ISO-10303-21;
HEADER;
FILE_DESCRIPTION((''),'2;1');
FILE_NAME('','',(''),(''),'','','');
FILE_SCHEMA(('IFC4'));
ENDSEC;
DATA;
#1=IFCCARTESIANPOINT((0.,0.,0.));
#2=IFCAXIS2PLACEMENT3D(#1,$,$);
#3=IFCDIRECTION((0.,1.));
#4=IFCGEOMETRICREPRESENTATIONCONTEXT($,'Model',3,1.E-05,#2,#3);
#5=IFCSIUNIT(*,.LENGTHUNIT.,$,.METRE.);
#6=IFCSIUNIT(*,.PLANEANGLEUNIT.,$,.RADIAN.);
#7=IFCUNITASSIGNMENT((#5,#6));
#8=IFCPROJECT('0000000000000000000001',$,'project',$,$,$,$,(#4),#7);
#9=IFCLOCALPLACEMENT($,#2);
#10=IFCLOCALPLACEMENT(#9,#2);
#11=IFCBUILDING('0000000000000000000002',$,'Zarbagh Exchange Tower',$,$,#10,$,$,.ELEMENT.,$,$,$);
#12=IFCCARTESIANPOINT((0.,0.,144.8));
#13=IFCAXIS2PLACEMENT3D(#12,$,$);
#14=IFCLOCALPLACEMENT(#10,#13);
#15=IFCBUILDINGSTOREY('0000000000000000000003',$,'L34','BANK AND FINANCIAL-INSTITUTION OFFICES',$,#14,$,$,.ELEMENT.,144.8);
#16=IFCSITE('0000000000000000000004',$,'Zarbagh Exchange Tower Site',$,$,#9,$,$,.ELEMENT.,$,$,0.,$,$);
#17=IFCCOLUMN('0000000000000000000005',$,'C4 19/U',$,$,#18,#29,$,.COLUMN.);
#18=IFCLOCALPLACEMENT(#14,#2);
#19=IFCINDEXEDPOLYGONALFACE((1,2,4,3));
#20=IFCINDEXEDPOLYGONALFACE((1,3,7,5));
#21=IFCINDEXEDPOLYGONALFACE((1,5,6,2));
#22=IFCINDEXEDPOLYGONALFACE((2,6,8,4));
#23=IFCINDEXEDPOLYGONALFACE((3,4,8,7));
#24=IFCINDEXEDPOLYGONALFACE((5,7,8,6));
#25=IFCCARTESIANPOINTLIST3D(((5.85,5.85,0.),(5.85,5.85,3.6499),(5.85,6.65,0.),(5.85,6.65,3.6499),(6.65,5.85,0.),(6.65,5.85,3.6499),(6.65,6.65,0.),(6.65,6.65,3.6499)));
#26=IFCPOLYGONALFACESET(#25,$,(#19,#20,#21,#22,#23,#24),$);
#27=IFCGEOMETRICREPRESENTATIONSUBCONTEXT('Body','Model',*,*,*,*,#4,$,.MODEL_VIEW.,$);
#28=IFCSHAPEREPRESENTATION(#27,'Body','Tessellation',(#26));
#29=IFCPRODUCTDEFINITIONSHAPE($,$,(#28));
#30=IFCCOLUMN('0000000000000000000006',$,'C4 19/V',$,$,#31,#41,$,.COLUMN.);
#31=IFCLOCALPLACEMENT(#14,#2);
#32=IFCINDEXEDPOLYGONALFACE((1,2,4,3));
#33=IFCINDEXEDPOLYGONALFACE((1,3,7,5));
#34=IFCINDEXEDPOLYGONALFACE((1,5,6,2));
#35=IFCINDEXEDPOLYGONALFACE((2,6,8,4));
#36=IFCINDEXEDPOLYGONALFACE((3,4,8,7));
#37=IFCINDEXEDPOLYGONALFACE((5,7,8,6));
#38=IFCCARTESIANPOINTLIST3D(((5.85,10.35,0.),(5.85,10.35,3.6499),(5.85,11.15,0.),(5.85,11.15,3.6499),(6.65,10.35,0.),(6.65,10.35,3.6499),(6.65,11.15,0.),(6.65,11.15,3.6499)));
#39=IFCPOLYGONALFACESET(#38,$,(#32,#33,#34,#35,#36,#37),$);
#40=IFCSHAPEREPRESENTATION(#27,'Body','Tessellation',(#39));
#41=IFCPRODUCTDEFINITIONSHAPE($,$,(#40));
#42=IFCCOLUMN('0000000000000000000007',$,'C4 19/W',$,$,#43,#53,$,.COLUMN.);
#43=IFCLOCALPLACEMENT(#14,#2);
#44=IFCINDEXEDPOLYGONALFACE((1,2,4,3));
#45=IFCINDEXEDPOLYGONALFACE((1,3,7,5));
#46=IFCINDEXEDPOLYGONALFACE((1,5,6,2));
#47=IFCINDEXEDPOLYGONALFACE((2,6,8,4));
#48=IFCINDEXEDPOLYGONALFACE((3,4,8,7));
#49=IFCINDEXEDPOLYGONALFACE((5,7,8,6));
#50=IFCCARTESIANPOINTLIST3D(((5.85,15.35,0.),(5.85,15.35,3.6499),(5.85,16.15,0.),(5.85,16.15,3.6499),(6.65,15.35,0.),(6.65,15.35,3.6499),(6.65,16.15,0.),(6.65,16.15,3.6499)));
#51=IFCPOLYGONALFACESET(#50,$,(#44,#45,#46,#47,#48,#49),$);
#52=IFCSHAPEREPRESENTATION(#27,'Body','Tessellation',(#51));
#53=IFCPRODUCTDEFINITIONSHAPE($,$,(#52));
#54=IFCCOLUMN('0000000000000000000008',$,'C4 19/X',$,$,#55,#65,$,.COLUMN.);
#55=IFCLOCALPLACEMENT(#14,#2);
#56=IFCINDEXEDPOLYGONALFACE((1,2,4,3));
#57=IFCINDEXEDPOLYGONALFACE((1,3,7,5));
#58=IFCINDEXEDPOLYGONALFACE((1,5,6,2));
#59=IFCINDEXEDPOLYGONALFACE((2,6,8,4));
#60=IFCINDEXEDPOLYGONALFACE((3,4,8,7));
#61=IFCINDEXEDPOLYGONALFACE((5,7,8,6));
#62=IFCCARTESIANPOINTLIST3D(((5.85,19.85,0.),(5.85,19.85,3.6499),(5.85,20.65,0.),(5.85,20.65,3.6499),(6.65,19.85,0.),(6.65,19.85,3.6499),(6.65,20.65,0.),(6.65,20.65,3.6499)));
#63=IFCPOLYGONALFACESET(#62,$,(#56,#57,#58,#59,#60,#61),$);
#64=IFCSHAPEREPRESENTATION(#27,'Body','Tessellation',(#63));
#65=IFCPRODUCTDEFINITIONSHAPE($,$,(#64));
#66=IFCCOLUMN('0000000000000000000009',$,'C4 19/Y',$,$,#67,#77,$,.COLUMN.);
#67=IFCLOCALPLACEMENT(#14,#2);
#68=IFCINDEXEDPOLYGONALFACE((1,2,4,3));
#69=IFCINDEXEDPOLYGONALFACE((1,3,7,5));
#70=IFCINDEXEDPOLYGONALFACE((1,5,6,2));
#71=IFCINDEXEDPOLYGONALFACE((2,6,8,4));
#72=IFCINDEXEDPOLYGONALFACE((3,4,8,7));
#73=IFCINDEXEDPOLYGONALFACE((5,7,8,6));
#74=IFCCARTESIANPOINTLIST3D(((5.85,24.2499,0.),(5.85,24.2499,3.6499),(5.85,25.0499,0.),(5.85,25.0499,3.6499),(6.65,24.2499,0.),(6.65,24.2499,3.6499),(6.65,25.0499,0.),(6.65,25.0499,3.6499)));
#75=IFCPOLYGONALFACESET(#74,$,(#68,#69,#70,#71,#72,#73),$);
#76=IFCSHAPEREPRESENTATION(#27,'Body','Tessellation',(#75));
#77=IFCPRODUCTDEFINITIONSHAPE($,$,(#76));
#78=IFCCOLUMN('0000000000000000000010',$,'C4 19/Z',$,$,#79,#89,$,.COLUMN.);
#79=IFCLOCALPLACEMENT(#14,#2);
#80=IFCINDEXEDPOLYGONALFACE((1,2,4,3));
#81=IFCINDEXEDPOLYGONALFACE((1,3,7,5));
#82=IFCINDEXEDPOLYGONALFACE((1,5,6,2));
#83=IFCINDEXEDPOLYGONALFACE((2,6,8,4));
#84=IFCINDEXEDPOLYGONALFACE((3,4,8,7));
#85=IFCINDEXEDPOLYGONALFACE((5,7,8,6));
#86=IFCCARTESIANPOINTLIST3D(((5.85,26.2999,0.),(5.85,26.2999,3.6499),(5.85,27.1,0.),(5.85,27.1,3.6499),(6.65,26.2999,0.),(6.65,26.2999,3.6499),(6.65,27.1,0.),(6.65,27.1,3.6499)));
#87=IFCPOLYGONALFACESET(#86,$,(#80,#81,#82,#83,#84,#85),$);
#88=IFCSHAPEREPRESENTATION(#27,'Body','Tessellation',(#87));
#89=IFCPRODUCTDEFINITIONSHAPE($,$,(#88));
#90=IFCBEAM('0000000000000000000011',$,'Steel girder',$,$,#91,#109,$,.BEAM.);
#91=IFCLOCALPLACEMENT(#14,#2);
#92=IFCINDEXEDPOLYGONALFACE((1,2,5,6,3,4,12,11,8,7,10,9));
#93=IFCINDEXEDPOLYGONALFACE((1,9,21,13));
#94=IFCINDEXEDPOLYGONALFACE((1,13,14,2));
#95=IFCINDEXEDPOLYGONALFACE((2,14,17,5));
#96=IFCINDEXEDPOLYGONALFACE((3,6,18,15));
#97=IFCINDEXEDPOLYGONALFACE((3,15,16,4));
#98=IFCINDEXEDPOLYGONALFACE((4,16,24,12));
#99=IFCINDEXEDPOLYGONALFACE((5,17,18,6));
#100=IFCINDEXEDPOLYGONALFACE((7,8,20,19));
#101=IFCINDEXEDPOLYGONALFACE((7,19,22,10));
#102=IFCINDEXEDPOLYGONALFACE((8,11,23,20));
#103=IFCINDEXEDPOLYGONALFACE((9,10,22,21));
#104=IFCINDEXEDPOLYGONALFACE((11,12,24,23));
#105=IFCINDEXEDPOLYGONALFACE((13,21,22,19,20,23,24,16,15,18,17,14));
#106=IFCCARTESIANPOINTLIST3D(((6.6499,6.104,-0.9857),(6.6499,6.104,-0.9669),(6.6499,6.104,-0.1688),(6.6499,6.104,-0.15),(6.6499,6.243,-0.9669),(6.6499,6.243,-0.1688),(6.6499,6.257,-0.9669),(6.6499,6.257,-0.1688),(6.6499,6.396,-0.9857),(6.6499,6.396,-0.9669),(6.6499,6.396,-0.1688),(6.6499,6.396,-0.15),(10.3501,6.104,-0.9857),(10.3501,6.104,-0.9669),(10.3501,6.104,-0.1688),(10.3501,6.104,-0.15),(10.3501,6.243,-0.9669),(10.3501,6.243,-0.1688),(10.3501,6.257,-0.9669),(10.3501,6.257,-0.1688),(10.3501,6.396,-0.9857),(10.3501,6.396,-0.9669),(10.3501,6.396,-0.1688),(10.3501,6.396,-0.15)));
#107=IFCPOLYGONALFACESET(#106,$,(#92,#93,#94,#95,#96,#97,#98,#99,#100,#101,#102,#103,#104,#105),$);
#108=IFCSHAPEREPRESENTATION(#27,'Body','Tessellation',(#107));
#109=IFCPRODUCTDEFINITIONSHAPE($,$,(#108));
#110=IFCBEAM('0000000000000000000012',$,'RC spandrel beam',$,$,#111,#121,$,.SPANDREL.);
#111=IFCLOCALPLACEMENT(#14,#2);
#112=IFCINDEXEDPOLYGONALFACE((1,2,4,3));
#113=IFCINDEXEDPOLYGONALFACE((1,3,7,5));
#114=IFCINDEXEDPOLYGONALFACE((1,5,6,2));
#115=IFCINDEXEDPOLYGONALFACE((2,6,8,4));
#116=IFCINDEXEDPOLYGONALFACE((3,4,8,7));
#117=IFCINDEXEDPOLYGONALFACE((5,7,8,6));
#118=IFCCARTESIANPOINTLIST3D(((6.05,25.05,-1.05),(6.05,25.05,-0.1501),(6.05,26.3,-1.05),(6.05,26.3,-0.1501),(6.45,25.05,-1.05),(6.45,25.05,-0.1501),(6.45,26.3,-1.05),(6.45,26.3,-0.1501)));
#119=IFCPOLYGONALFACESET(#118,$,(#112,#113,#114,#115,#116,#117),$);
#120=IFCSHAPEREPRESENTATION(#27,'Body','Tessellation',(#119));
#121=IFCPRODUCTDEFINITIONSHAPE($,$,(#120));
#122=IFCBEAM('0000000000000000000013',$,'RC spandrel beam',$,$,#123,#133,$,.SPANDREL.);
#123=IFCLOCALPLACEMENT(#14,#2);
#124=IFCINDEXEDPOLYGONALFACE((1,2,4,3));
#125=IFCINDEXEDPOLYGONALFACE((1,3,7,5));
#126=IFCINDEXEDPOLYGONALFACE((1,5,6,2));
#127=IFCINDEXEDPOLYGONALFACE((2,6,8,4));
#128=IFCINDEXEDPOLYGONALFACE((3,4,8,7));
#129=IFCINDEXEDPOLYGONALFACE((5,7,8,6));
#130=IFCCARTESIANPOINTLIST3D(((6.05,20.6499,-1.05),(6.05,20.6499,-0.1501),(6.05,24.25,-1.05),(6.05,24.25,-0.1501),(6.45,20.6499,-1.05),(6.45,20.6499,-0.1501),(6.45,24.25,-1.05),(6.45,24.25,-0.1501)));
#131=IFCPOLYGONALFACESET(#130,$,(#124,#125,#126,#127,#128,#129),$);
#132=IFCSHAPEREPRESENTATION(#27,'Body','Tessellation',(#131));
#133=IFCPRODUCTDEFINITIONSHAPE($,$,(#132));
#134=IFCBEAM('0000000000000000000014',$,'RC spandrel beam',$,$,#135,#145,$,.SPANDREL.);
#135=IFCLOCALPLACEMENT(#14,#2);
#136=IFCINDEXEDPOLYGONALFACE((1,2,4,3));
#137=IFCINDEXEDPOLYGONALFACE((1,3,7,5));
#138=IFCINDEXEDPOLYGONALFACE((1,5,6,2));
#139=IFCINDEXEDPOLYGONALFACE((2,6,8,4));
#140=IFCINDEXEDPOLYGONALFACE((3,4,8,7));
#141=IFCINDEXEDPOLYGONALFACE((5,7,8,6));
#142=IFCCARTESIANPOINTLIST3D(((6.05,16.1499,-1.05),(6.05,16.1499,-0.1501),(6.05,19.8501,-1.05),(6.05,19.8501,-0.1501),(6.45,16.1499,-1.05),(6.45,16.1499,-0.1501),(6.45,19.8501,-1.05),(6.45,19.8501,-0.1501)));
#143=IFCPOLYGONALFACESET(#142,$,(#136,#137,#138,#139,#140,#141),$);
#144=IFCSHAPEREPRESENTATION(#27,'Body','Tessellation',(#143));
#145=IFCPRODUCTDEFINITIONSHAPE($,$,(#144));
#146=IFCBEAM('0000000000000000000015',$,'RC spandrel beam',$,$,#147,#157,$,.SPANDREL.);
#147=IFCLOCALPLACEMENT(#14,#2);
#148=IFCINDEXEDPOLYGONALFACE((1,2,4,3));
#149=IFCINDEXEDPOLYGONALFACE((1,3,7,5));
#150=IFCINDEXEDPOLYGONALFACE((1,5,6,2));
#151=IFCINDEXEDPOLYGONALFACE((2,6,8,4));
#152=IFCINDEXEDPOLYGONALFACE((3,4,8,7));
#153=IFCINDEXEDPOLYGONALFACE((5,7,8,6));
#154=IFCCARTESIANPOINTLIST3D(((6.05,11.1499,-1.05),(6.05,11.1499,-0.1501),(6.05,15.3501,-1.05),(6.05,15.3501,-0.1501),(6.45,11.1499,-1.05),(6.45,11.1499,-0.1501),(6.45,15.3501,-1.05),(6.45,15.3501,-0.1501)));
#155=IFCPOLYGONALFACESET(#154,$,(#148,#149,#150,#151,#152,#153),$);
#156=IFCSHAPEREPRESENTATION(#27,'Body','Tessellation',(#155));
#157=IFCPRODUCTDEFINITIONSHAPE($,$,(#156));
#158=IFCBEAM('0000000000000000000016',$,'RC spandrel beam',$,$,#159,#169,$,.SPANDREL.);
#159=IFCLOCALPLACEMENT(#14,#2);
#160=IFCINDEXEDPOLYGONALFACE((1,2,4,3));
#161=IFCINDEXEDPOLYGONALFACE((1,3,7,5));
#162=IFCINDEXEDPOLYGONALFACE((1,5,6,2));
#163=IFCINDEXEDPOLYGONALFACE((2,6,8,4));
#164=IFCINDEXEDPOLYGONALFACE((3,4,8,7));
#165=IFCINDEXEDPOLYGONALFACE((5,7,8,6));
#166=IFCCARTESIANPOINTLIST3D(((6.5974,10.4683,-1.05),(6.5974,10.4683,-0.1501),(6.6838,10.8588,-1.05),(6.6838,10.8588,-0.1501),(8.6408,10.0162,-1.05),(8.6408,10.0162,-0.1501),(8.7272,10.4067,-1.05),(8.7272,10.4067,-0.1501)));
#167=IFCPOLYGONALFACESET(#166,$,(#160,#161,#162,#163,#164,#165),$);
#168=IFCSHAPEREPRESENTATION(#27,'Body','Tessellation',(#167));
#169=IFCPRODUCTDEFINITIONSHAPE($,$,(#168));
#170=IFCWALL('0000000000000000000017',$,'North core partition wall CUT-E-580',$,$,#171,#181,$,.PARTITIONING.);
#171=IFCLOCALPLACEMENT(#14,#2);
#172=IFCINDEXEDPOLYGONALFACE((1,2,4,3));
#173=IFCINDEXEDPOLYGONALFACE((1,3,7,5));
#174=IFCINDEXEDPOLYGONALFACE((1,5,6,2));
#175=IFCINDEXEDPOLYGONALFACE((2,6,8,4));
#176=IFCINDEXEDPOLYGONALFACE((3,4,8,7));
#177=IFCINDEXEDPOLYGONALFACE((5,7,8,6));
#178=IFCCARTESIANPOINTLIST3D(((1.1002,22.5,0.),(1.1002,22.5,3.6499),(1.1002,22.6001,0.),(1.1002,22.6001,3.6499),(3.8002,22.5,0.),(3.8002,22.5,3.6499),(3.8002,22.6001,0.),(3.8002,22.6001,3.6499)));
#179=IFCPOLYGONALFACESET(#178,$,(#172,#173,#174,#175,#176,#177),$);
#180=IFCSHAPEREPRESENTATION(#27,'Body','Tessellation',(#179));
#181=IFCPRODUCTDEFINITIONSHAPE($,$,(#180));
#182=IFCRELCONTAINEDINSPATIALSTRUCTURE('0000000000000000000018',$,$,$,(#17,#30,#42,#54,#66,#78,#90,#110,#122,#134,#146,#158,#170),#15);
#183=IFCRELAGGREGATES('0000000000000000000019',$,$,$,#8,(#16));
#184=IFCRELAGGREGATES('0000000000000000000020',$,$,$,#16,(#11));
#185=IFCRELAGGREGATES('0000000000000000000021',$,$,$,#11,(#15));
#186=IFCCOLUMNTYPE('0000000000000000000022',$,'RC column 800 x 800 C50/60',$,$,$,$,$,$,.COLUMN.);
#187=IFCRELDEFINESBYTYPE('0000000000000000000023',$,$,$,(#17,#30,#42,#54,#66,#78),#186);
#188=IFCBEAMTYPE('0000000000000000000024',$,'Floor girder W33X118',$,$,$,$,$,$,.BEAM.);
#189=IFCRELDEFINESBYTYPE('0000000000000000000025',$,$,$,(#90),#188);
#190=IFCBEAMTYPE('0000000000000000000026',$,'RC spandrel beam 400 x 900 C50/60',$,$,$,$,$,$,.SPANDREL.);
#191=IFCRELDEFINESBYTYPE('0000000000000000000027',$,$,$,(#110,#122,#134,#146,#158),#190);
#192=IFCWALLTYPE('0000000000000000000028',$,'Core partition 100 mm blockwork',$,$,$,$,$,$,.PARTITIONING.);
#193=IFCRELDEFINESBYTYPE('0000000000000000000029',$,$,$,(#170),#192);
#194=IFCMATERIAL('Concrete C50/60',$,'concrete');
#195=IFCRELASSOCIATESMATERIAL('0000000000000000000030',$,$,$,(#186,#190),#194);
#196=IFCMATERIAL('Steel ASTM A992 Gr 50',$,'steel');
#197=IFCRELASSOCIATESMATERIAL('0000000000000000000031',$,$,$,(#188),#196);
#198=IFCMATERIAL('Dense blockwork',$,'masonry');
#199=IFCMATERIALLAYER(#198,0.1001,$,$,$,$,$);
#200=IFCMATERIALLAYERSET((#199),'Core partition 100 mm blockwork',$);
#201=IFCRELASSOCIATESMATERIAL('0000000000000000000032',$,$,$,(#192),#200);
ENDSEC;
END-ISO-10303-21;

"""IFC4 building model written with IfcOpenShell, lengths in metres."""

from ifc_helpers import new_model, si_unit, direction, frame, frame_2d, origin, origin_2d, place, context, subcontext, project, spatial, rectangle, i_section, extrude, material, layer, layer_set, material_profile, profile_set, type_object, element, save


model = new_model("IFC4")

# Units and contexts
model_context = context("Model", 3, precision=1e-05, world=origin(), true_north=direction((0.0, 1.0)))
body_context = subcontext(model_context, "Body", "Model", "MODEL_VIEW")
ifc_project = project(units=[si_unit("LENGTHUNIT", "METRE"), si_unit("PLANEANGLEUNIT", "RADIAN")], contexts=[model_context])

# Site, building, storey
site_placement = place(None, origin())
site = spatial("IfcSite", under=ifc_project, at=site_placement, Name="Zarbagh Exchange Tower Site", CompositionType="ELEMENT", RefElevation=0.0)
building_placement = place(site_placement, origin())
building = spatial("IfcBuilding", under=site, at=building_placement, Name="Zarbagh Exchange Tower", CompositionType="ELEMENT")
storey_placement = place(building_placement, frame((0.0, 0.0, 144.8)))
storey = spatial("IfcBuildingStorey", under=building, at=storey_placement, Name="L34", Description="BANK AND FINANCIAL-INSTITUTION OFFICES", CompositionType="ELEMENT", Elevation=144.8)

# Columns
ifc_material_1 = material(Name="Concrete C50/60", Category="concrete")
ifc_material_profile_1 = material_profile(ifc_material_1, rectangle(XDim=0.8, YDim=0.8, at=origin_2d()), Name="RC column 800 x 800 C50/60")
ifc_profile_set_1 = profile_set([ifc_material_profile_1], Name="Concrete C50/60")
column_type = type_object("IfcColumnType", Name="RC column 800 x 800 C50/60", PredefinedType="COLUMN", material=ifc_profile_set_1)
for number, where, z_axis, x_axis, name in (
    (1, (6.25, 6.25, 0.0), (0.0, 0.0, 1.0), (1.0, 0.0, 0.0), "C4 19/U"),
    (2, (6.25, 10.75, 0.0), (0.0, 0.0, 1.0), (1.0, 0.0, 0.0), "C4 19/V"),
    (3, (6.25, 15.75, 0.0), (0.0, 0.0, 1.0), (1.0, 0.0, 0.0), "C4 19/W"),
    (4, (6.25, 20.25, 0.0), (0.0, 0.0, 1.0), (1.0, 0.0, 0.0), "C4 19/X"),
    (5, (6.25, 24.6499, 0.0), (0.0, 0.0, 1.0), (1.0, 0.0, 0.0), "C4 19/Y"),
    (6, (6.25, 26.7, 0.0), (0.0, 0.0, 1.0), (1.0, 0.0, 0.0), "C4 19/Z"),
):
    element("IfcColumn", number, at=place(storey_placement, frame(where, z_axis=z_axis, x_axis=x_axis)), inside=storey, type_object=column_type, Name=name, PredefinedType="COLUMN", context=body_context, shape_type="SweptSolid", body=[
        extrude(rectangle(XDim=0.8, YDim=0.8, at=origin_2d()), origin(), (0.0, 0.0, 1.0), 3.6499),
    ])

# Beams
ifc_material_2 = material(Name="Steel ASTM A992 Gr 50", Category="steel")
ifc_material_profile_2 = material_profile(ifc_material_2, i_section(OverallWidth=0.292, OverallDepth=0.8357, WebThickness=0.0139, FlangeThickness=0.0188, at=origin_2d()), Name="W33X118")
ifc_profile_set_2 = profile_set([ifc_material_profile_2], Name="Steel ASTM A992 Gr 50")
beam_type_1 = type_object("IfcBeamType", Name="Floor girder W33X118", PredefinedType="BEAM", material=ifc_profile_set_2)
beam_1_placement = place(storey_placement, frame((6.6499, 6.25, -0.5679), z_axis=(1.0, 0.0, 0.0), x_axis=(0.0, 1.0, 0.0)))
element("IfcBeam", 7, at=beam_1_placement, inside=storey, type_object=beam_type_1, Name="Steel girder", PredefinedType="BEAM", context=body_context, shape_type="SweptSolid", body=[
    extrude(i_section(OverallWidth=0.292, OverallDepth=0.8357, WebThickness=0.0139, FlangeThickness=0.0188, at=origin_2d()), origin(), (0.0, 0.0, 1.0), 3.7002),
])
ifc_material_profile_3 = material_profile(ifc_material_1, rectangle(XDim=0.3999, YDim=0.8999, at=origin_2d()), Name="RC spandrel beam 400 x 900 C50/60")
ifc_profile_set_3 = profile_set([ifc_material_profile_3], Name="Concrete C50/60")
beam_type_2 = type_object("IfcBeamType", Name="RC spandrel beam 400 x 900 C50/60", PredefinedType="SPANDREL", material=ifc_profile_set_3)
beam_2_placement = place(storey_placement, frame((6.25, 26.3, -0.6001), z_axis=(0.0, -1.0, 0.0), x_axis=(1.0, 0.0, 0.0)))
element("IfcBeam", 8, at=beam_2_placement, inside=storey, type_object=beam_type_2, Name="RC spandrel beam", PredefinedType="SPANDREL", context=body_context, shape_type="SweptSolid", body=[
    extrude(rectangle(XDim=0.3999, YDim=0.8999, at=origin_2d()), origin(), (0.0, 0.0, 1.0), 1.25),
])
beam_3_placement = place(storey_placement, frame((6.25, 24.25, -0.6001), z_axis=(0.0, -1.0, 0.0), x_axis=(1.0, 0.0, 0.0)))
element("IfcBeam", 9, at=beam_3_placement, inside=storey, type_object=beam_type_2, Name="RC spandrel beam", PredefinedType="SPANDREL", context=body_context, shape_type="SweptSolid", body=[
    extrude(rectangle(XDim=0.3999, YDim=0.8999, at=origin_2d()), origin(), (0.0, 0.0, 1.0), 3.6001),
])
beam_4_placement = place(storey_placement, frame((6.25, 19.8501, -0.6001), z_axis=(0.0, -1.0, 0.0), x_axis=(1.0, 0.0, 0.0)))
element("IfcBeam", 10, at=beam_4_placement, inside=storey, type_object=beam_type_2, Name="RC spandrel beam", PredefinedType="SPANDREL", context=body_context, shape_type="SweptSolid", body=[
    extrude(rectangle(XDim=0.3999, YDim=0.8999, at=origin_2d()), origin(), (0.0, 0.0, 1.0), 3.7002),
])
beam_5_placement = place(storey_placement, frame((6.25, 15.3501, -0.6001), z_axis=(0.0, -1.0, 0.0), x_axis=(1.0, 0.0, 0.0)))
element("IfcBeam", 11, at=beam_5_placement, inside=storey, type_object=beam_type_2, Name="RC spandrel beam", PredefinedType="SPANDREL", context=body_context, shape_type="SweptSolid", body=[
    extrude(rectangle(XDim=0.3999, YDim=0.8999, at=origin_2d()), origin(), (0.0, 0.0, 1.0), 4.2002),
])
beam_6_placement = place(storey_placement, frame((6.6406, 10.6636, -0.6001), z_axis=(0.976384, -0.216041, 0.0), x_axis=(0.216041, 0.976384, 0.0)))
element("IfcBeam", 12, at=beam_6_placement, inside=storey, type_object=beam_type_2, Name="RC spandrel beam", PredefinedType="SPANDREL", context=body_context, shape_type="SweptSolid", body=[
    extrude(rectangle(XDim=0.3999, YDim=0.8999, at=origin_2d()), origin(), (0.0, 0.0, 1.0), 2.0928),
])

# Wall
ifc_material_3 = material(Name="Dense blockwork", Category="masonry")
ifc_layer_1 = layer(ifc_material_3, 0.1001)
ifc_layer_set_1 = layer_set([ifc_layer_1], Name="Core partition 100 mm blockwork")
wall_type_1 = type_object("IfcWallType", Name="Core partition 100 mm blockwork", PredefinedType="PARTITIONING", material=ifc_layer_set_1)
wall_1_placement = place(storey_placement, frame((1.1001, 22.55, 0.0), z_axis=(0.0, 0.0, 1.0), x_axis=(1.0, 0.0, 0.0)))
element("IfcWall", 13, at=wall_1_placement, inside=storey, type_object=wall_type_1, Name="North core partition wall CUT-E-580", PredefinedType="PARTITIONING", context=body_context, shape_type="SweptSolid", body=[
    extrude(rectangle(XDim=2.7, YDim=0.1001, at=frame_2d((1.3501, 0.0))), origin(), (0.0, 0.0, 1.0), 3.6499),
])

save(model, "model.ifc")
